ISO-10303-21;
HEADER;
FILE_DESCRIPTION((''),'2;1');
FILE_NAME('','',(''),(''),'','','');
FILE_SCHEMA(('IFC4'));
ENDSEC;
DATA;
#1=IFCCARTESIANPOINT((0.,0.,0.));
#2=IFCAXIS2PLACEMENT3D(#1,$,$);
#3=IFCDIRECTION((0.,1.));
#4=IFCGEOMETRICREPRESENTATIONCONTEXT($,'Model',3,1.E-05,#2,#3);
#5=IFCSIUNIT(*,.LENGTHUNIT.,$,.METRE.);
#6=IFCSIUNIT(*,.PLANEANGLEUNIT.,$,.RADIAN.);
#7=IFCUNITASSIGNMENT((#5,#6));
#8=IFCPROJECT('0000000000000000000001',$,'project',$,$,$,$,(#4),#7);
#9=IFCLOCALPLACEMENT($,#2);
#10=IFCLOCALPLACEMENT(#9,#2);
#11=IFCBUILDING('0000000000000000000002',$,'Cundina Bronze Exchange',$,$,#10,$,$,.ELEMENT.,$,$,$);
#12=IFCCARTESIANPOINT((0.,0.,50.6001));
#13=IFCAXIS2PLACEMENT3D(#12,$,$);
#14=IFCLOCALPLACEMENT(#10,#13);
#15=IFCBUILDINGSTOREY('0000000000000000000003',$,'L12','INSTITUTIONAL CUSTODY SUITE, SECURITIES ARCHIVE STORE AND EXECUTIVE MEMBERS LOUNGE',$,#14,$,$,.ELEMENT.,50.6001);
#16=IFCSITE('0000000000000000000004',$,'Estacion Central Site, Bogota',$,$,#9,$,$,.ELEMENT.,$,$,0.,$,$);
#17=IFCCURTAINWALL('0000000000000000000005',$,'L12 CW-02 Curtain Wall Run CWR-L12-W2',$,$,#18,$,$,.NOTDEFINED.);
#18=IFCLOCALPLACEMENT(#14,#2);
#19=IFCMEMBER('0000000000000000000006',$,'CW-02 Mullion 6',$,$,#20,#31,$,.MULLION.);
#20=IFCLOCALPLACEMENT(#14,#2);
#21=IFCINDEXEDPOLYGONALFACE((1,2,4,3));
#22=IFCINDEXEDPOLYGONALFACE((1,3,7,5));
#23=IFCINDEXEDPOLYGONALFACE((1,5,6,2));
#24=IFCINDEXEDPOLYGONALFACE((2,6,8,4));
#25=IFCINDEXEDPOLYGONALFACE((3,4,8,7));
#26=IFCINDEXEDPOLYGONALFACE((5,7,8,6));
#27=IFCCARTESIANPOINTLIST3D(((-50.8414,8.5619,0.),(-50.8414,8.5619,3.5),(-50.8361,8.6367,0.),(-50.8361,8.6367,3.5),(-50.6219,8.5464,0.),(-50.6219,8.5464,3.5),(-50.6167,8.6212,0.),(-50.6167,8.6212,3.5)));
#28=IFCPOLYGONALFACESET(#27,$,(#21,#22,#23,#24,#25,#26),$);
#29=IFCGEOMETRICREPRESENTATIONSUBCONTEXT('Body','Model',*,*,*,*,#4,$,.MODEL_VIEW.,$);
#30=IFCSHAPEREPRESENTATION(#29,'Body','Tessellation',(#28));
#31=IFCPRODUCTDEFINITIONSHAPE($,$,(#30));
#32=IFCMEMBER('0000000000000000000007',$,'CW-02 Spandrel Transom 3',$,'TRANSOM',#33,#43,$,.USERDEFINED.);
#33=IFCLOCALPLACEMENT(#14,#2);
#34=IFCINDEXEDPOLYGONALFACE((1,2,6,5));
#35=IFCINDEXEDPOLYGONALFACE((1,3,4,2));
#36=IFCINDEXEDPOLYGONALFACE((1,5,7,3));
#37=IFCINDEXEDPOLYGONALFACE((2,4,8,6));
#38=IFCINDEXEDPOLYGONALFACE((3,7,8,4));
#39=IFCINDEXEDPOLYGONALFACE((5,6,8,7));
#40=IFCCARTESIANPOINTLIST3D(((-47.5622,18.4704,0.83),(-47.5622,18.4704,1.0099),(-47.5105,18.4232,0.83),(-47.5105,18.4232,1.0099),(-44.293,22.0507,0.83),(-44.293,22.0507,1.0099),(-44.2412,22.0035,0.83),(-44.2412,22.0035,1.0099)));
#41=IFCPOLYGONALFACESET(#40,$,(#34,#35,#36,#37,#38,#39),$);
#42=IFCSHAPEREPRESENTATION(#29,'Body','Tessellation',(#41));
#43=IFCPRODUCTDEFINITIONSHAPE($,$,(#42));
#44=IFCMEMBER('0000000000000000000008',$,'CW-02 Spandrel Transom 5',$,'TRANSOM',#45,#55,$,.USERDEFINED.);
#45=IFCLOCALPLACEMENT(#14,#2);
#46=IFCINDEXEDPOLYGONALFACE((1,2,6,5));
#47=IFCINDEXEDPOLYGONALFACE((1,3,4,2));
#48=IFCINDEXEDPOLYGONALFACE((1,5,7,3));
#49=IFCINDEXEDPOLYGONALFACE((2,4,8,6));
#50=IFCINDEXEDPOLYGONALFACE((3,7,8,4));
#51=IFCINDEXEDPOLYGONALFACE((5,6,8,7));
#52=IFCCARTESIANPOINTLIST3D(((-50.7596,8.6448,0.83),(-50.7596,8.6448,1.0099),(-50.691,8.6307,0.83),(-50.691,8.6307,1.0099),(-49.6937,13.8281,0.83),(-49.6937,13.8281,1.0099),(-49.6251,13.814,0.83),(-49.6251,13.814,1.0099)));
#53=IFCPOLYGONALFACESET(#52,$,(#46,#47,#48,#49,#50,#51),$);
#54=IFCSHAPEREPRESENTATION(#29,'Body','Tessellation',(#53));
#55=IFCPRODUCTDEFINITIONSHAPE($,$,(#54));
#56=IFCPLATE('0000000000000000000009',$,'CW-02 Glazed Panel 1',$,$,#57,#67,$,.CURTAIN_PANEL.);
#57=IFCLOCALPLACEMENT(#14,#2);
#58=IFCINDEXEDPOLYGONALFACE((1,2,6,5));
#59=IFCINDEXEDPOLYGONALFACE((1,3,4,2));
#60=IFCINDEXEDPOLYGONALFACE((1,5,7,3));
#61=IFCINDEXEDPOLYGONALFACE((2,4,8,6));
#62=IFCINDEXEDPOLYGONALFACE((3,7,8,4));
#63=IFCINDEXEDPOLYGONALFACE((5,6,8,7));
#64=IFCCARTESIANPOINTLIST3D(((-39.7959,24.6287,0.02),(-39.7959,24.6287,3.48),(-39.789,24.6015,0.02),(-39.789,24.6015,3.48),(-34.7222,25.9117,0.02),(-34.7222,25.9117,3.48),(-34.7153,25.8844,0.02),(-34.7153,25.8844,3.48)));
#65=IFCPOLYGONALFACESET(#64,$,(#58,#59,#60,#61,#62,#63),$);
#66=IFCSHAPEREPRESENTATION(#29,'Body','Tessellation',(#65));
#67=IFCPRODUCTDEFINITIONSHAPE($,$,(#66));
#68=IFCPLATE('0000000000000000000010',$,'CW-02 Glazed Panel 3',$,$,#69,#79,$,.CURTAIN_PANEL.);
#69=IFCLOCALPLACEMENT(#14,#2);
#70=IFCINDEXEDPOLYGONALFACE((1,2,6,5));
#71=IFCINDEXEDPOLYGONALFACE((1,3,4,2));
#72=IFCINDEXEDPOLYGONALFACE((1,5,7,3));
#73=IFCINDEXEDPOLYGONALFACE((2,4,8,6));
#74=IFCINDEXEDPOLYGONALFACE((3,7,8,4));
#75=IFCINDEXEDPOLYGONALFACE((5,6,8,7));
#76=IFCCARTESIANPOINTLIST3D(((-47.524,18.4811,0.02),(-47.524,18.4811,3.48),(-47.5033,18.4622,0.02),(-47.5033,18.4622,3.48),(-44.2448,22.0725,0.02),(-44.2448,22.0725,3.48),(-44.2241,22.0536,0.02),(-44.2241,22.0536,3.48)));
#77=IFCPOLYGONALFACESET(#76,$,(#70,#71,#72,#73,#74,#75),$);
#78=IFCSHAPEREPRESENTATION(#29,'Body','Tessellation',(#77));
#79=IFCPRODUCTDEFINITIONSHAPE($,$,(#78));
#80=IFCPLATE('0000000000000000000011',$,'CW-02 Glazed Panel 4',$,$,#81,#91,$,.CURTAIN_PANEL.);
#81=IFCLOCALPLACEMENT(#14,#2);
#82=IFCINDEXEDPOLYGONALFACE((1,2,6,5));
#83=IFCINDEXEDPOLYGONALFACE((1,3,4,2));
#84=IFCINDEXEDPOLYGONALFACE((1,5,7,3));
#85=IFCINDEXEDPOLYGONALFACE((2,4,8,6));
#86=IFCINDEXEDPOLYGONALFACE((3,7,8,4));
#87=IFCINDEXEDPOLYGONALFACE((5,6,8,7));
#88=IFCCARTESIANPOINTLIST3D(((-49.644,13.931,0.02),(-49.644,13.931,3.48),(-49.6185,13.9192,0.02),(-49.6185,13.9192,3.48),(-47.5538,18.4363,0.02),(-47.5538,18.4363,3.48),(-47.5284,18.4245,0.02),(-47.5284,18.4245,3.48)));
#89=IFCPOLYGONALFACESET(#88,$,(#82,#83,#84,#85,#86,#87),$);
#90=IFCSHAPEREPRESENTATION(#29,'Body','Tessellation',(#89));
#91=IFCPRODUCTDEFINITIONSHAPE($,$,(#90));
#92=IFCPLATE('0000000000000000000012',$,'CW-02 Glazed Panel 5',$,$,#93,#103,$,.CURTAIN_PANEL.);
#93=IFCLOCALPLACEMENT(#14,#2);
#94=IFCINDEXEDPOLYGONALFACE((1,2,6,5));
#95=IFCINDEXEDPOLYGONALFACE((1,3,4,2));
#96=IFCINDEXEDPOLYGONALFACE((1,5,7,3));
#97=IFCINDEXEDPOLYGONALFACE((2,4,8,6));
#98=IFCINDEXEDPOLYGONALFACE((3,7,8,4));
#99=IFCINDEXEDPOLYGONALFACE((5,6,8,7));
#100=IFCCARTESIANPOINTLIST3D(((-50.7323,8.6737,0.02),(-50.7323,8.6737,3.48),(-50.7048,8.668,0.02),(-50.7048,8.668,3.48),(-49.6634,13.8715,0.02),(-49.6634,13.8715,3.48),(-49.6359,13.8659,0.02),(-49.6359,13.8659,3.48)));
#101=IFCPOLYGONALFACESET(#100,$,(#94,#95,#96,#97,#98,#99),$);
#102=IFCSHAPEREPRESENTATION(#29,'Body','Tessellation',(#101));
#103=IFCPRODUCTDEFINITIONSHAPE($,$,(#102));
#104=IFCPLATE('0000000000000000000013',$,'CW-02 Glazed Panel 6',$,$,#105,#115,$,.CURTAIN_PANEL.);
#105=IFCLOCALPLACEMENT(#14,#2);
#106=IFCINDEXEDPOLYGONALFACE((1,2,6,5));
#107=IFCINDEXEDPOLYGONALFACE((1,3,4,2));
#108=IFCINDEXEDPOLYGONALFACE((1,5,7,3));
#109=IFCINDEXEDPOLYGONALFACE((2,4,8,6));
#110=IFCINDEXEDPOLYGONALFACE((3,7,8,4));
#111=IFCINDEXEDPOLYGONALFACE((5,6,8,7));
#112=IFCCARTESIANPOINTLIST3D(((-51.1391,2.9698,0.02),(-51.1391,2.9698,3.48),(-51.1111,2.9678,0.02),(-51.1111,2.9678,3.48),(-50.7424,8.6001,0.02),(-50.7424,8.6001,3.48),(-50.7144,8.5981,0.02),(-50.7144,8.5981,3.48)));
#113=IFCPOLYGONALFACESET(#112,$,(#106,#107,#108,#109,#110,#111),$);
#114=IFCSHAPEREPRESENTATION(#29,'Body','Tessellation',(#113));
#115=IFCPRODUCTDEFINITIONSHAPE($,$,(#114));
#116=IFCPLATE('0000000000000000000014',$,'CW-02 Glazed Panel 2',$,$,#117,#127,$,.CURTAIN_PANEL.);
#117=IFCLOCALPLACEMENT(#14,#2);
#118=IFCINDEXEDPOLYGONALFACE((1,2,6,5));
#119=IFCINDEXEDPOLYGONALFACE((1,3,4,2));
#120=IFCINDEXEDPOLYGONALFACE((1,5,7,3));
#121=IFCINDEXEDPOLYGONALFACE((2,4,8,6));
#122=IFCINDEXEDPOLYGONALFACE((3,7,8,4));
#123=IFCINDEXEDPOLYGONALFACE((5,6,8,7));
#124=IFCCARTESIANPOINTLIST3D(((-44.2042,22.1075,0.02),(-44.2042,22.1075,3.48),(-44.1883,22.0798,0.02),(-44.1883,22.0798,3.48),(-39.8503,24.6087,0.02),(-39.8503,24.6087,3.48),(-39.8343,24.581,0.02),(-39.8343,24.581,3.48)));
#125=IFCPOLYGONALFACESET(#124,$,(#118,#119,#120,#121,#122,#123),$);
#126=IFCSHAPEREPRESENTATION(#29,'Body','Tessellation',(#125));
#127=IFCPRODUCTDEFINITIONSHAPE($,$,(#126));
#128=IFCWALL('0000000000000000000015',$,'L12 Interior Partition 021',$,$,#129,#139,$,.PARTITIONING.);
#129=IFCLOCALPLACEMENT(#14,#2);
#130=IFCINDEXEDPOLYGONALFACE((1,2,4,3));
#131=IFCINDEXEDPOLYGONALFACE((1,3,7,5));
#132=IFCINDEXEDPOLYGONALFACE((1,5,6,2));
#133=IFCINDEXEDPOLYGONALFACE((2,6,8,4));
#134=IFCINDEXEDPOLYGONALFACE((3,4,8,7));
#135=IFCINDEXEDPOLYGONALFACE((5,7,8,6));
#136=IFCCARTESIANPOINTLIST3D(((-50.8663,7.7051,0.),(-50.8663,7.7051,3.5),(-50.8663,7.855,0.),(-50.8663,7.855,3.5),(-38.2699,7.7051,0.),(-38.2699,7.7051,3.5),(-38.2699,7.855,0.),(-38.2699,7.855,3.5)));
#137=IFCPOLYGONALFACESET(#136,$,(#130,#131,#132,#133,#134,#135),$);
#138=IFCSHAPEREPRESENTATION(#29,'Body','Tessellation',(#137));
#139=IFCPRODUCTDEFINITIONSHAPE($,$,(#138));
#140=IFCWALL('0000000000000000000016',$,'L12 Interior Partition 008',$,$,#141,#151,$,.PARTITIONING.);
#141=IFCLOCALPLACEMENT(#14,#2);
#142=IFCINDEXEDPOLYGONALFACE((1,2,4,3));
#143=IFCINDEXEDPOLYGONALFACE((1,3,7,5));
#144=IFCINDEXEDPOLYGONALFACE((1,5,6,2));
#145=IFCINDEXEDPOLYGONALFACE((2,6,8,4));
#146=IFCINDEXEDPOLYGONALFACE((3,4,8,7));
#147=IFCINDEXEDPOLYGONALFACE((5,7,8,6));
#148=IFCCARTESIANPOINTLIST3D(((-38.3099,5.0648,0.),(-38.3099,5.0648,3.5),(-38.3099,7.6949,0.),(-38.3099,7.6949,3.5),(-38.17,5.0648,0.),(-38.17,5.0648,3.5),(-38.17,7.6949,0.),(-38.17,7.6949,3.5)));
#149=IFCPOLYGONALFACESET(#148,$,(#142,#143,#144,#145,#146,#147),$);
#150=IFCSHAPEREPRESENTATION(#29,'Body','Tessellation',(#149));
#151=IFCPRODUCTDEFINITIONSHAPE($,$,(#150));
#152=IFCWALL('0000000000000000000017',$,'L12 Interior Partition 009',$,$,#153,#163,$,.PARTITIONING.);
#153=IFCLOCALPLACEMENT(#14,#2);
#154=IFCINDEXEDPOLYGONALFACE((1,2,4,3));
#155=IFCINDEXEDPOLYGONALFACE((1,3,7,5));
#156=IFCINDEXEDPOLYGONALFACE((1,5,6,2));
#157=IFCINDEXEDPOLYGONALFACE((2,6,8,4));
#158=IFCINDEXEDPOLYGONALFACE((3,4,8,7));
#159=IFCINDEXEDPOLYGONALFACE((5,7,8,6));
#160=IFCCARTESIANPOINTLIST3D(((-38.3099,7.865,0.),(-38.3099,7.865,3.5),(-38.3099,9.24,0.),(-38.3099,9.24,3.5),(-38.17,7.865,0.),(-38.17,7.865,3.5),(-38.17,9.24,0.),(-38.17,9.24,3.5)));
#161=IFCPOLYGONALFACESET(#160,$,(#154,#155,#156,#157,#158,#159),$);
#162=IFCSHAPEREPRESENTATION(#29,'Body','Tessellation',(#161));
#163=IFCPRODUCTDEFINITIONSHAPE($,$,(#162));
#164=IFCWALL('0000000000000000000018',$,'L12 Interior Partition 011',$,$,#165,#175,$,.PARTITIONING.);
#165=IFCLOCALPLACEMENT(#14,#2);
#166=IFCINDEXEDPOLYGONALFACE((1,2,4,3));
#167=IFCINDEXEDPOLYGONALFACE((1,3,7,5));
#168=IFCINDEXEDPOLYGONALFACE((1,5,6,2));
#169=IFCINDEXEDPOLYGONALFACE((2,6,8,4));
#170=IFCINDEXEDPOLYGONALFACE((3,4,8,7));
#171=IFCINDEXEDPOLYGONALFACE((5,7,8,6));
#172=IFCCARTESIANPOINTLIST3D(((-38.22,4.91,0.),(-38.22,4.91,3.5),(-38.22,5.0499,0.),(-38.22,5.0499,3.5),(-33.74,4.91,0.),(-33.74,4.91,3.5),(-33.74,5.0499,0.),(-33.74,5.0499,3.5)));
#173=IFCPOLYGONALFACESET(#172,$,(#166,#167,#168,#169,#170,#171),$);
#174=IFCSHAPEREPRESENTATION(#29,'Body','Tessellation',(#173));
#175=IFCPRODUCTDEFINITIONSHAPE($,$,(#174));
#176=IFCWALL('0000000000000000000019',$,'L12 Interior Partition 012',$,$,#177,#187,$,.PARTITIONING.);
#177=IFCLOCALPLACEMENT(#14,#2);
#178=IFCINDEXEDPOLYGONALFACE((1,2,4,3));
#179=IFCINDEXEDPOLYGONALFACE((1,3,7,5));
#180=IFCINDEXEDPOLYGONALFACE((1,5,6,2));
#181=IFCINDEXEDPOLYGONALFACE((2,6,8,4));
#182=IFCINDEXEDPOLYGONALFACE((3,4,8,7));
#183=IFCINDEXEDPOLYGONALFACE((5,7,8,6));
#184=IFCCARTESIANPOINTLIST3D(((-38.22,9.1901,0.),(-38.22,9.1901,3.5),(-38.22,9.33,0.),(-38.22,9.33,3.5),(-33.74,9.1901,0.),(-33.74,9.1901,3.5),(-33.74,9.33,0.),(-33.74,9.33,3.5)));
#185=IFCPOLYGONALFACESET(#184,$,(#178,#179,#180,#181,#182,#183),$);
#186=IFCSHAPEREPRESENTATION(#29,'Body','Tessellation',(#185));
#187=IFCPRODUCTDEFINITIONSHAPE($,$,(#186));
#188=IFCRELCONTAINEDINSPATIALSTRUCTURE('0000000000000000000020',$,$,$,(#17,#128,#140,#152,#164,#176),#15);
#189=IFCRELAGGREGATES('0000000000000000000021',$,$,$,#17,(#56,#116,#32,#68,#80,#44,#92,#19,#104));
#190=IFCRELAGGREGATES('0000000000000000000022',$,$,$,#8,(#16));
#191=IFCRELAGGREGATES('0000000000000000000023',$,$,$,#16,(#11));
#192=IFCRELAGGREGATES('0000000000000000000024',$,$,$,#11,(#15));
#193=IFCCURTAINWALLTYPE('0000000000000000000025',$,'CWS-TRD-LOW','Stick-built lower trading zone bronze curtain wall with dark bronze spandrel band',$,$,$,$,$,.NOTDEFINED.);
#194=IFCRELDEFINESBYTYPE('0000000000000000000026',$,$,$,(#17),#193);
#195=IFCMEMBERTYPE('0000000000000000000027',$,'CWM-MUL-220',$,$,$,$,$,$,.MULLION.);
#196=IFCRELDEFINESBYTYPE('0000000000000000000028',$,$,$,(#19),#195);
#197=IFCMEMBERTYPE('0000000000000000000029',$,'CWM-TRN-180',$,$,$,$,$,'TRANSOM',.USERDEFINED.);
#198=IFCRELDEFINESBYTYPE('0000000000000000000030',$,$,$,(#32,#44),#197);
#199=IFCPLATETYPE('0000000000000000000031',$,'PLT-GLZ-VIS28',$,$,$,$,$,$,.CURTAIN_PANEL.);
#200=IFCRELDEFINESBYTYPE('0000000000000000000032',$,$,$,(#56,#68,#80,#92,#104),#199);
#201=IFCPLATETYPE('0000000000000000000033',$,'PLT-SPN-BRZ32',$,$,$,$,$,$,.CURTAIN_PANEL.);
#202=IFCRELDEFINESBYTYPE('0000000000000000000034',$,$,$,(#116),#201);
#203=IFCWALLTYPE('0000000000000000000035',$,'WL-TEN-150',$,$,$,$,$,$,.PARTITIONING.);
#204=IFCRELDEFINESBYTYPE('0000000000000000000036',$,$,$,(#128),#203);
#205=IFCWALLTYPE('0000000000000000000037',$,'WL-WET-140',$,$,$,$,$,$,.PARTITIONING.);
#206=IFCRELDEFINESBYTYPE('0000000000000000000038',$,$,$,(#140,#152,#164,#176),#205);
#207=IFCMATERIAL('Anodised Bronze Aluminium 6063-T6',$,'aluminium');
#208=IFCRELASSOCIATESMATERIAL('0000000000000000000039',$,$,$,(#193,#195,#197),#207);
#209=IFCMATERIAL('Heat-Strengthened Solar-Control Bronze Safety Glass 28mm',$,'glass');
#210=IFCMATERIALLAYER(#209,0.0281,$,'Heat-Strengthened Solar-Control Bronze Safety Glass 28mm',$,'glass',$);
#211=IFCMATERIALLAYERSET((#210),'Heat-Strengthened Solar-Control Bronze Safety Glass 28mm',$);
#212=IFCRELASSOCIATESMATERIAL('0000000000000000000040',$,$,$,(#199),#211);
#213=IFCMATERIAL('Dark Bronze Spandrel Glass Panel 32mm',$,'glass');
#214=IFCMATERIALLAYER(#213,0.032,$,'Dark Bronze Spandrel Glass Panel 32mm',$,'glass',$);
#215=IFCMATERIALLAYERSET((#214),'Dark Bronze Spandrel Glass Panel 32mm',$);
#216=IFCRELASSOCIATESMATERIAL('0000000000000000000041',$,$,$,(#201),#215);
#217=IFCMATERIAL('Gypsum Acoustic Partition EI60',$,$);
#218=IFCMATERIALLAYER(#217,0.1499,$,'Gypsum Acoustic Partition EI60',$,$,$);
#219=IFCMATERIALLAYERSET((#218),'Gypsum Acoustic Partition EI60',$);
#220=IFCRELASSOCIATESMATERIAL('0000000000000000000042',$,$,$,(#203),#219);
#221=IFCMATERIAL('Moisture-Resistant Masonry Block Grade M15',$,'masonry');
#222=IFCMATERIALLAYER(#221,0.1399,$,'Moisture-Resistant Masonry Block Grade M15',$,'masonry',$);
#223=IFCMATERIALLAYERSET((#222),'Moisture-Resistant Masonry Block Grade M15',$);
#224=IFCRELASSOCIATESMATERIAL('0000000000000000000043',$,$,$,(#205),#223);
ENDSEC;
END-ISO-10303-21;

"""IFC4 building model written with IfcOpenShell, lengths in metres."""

from ifc_helpers import new_model, si_unit, direction, frame, frame_2d, origin, origin_2d, place, context, subcontext, project, spatial, rectangle, extrude, material, layer, layer_set, material_profile, profile_set, type_object, element, aggregate, save


model = new_model("IFC4")

# Units and contexts
model_context = context("Model", 3, precision=1e-05, world=origin(), true_north=direction((0.0, 1.0)))
body_context = subcontext(model_context, "Body", "Model", "MODEL_VIEW")
ifc_project = project(units=[si_unit("LENGTHUNIT", "METRE"), si_unit("PLANEANGLEUNIT", "RADIAN")], contexts=[model_context])

# Site, building, storey
site_placement = place(None, origin())
site = spatial("IfcSite", under=ifc_project, at=site_placement, Name="Estacion Central Site, Bogota", CompositionType="ELEMENT", RefElevation=0.0)
building_placement = place(site_placement, origin())
building = spatial("IfcBuilding", under=site, at=building_placement, Name="Cundina Bronze Exchange", CompositionType="ELEMENT")
storey_placement = place(building_placement, frame((0.0, 0.0, 50.6001)))
storey = spatial("IfcBuildingStorey", under=building, at=storey_placement, Name="L12", Description="INSTITUTIONAL CUSTODY SUITE, SECURITIES ARCHIVE STORE AND EXECUTIVE MEMBERS LOUNGE", CompositionType="ELEMENT", Elevation=50.6001)

# Curtain wall, members, plates
ifc_material_1 = material(Name="Anodised Bronze Aluminium 6063-T6", Category="aluminium")
curtain_wall_type = type_object("IfcCurtainWallType", Name="CWS-TRD-LOW", Description="Stick-built lower trading zone bronze curtain wall with dark bronze spandrel band", PredefinedType="NOTDEFINED", material=ifc_material_1)
curtain_wall_placement = place(storey_placement, origin())
curtain_wall = element("IfcCurtainWall", 1, at=curtain_wall_placement, inside=storey, type_object=curtain_wall_type, Name="L12 CW-02 Curtain Wall Run CWR-L12-W2", PredefinedType="NOTDEFINED")
ifc_material_profile_1 = material_profile(ifc_material_1, rectangle(XDim=0.075, YDim=0.22, at=origin_2d()), Name="AL75X220", Category="aluminium")
ifc_profile_set_1 = profile_set([ifc_material_profile_1], Name="Anodised Bronze Aluminium 6063-T6")
member_type_1 = type_object("IfcMemberType", Name="CWM-MUL-220", PredefinedType="MULLION", material=ifc_profile_set_1)
member_1_placement = place(storey_placement, frame((-50.729, 8.5916, 0.0), z_axis=(0.0, 0.0, 1.0), x_axis=(-0.070279, -0.997527, 0.0)))
member_1 = element("IfcMember", 2, at=member_1_placement, type_object=member_type_1, Name="CW-02 Mullion 6", PredefinedType="MULLION", context=body_context, shape_type="SweptSolid", body=[
    extrude(rectangle(XDim=0.075, YDim=0.22, at=origin_2d()), origin(), (0.0, 0.0, 1.0), 3.5),
])
ifc_material_profile_2 = material_profile(ifc_material_1, rectangle(XDim=0.0701, YDim=0.1799, at=origin_2d()), Name="AL70X180", Category="aluminium")
ifc_profile_set_2 = profile_set([ifc_material_profile_2], Name="Anodised Bronze Aluminium 6063-T6")
member_type_2 = type_object("IfcMemberType", Name="CWM-TRN-180", ElementType="TRANSOM", PredefinedType="USERDEFINED", material=ifc_profile_set_2)
member_2_placement = place(storey_placement, frame((-44.2671, 22.0271, 0.9199), z_axis=(-0.674303, -0.738455, 0.0), x_axis=(0.738455, -0.674303, 0.0)))
member_2 = element("IfcMember", 3, at=member_2_placement, type_object=member_type_2, Name="CW-02 Spandrel Transom 3", ObjectType="TRANSOM", PredefinedType="USERDEFINED", context=body_context, shape_type="SweptSolid", body=[
    extrude(rectangle(XDim=0.0701, YDim=0.1799, at=origin_2d()), origin(), (0.0, 0.0, 1.0), 4.8484),
])
member_3_placement = place(storey_placement, frame((-49.6594, 13.821, 0.9199), z_axis=(-0.201428, -0.979503, 0.0), x_axis=(0.979503, -0.201428, 0.0)))
member_3 = element("IfcMember", 4, at=member_3_placement, type_object=member_type_2, Name="CW-02 Spandrel Transom 5", ObjectType="TRANSOM", PredefinedType="USERDEFINED", context=body_context, shape_type="SweptSolid", body=[
    extrude(rectangle(XDim=0.0701, YDim=0.1799, at=origin_2d()), origin(), (0.0, 0.0, 1.0), 5.2917),
])
ifc_material_2 = material(Name="Heat-Strengthened Solar-Control Bronze Safety Glass 28mm", Category="glass")
ifc_layer_1 = layer(ifc_material_2, 0.0281, Name="Heat-Strengthened Solar-Control Bronze Safety Glass 28mm", Category="glass")
ifc_layer_set_1 = layer_set([ifc_layer_1], Name="Heat-Strengthened Solar-Control Bronze Safety Glass 28mm")
plate_type_1 = type_object("IfcPlateType", Name="PLT-GLZ-VIS28", PredefinedType="CURTAIN_PANEL", material=ifc_layer_set_1)
plate_1_placement = place(storey_placement, frame((-37.2556, 25.2566, 0.02), z_axis=(0.0, 0.0, 1.0), x_axis=(-0.969488, -0.245138, 0.0)))
plate_1 = element("IfcPlate", 5, at=plate_1_placement, type_object=plate_type_1, Name="CW-02 Glazed Panel 1", PredefinedType="CURTAIN_PANEL", context=body_context, shape_type="SweptSolid", body=[
    extrude(rectangle(XDim=5.2334, YDim=0.0281, at=origin_2d()), origin(), (0.0, 0.0, 1.0), 3.46),
])
plate_2_placement = place(storey_placement, frame((-45.874, 20.2673, 0.02), z_axis=(0.0, 0.0, 1.0), x_axis=(-0.674277, -0.738479, 0.0)))
plate_2 = element("IfcPlate", 6, at=plate_2_placement, type_object=plate_type_1, Name="CW-02 Glazed Panel 3", PredefinedType="CURTAIN_PANEL", context=body_context, shape_type="SweptSolid", body=[
    extrude(rectangle(XDim=4.8633, YDim=0.0281, at=origin_2d()), origin(), (0.0, 0.0, 1.0), 3.46),
])
plate_3_placement = place(storey_placement, frame((-48.5862, 16.1777, 0.02), z_axis=(0.0, 0.0, 1.0), x_axis=(-0.420846, -0.907132, 0.0)))
plate_3 = element("IfcPlate", 7, at=plate_3_placement, type_object=plate_type_1, Name="CW-02 Glazed Panel 4", PredefinedType="CURTAIN_PANEL", context=body_context, shape_type="SweptSolid", body=[
    extrude(rectangle(XDim=4.9666, YDim=0.0281, at=origin_2d()), origin(), (0.0, 0.0, 1.0), 3.46),
])
plate_4_placement = place(storey_placement, frame((-50.1841, 11.2698, 0.02), z_axis=(0.0, 0.0, 1.0), x_axis=(-0.20142, -0.979505, 0.0)))
plate_4 = element("IfcPlate", 8, at=plate_4_placement, type_object=plate_type_1, Name="CW-02 Glazed Panel 5", PredefinedType="CURTAIN_PANEL", context=body_context, shape_type="SweptSolid", body=[
    extrude(rectangle(XDim=5.3066, YDim=0.0281, at=origin_2d()), origin(), (0.0, 0.0, 1.0), 3.46),
])
plate_5_placement = place(storey_placement, frame((-50.9268, 5.7839, 0.02), z_axis=(0.0, 0.0, 1.0), x_axis=(-0.070279, -0.997527, 0.0)))
plate_5 = element("IfcPlate", 9, at=plate_5_placement, type_object=plate_type_1, Name="CW-02 Glazed Panel 6", PredefinedType="CURTAIN_PANEL", context=body_context, shape_type="SweptSolid", body=[
    extrude(rectangle(XDim=5.6443, YDim=0.0281, at=origin_2d()), origin(), (0.0, 0.0, 1.0), 3.46),
])
ifc_material_3 = material(Name="Dark Bronze Spandrel Glass Panel 32mm", Category="glass")
ifc_layer_2 = layer(ifc_material_3, 0.032, Name="Dark Bronze Spandrel Glass Panel 32mm", Category="glass")
ifc_layer_set_2 = layer_set([ifc_layer_2], Name="Dark Bronze Spandrel Glass Panel 32mm")
plate_type_2 = type_object("IfcPlateType", Name="PLT-SPN-BRZ32", PredefinedType="CURTAIN_PANEL", material=ifc_layer_set_2)
plate_6_placement = place(storey_placement, frame((-42.0193, 23.3442, 0.02), z_axis=(0.0, 0.0, 1.0), x_axis=(-0.867105, -0.498125, 0.0)))
plate_6 = element("IfcPlate", 10, at=plate_6_placement, type_object=plate_type_2, Name="CW-02 Glazed Panel 2", PredefinedType="CURTAIN_PANEL", context=body_context, shape_type="SweptSolid", body=[
    extrude(rectangle(XDim=5.0212, YDim=0.032, at=origin_2d()), origin(), (0.0, 0.0, 1.0), 3.46),
])
aggregate(curtain_wall, [plate_1, plate_6, member_2, plate_2, plate_3, member_3, plate_4, member_1, plate_5])

# Walls
ifc_material_4 = material(Name="Gypsum Acoustic Partition EI60")
ifc_layer_3 = layer(ifc_material_4, 0.1499, Name="Gypsum Acoustic Partition EI60")
ifc_layer_set_3 = layer_set([ifc_layer_3], Name="Gypsum Acoustic Partition EI60")
wall_type_1 = type_object("IfcWallType", Name="WL-TEN-150", PredefinedType="PARTITIONING", material=ifc_layer_set_3)
wall_1_placement = place(storey_placement, frame((-50.8665, 7.78, 0.0), z_axis=(0.0, 0.0, 1.0), x_axis=(1.0, 0.0, 0.0)))
element("IfcWall", 11, at=wall_1_placement, inside=storey, type_object=wall_type_1, Name="L12 Interior Partition 021", PredefinedType="PARTITIONING", context=body_context, shape_type="SweptSolid", body=[
    extrude(rectangle(XDim=12.5964, YDim=0.1499, at=frame_2d((6.2983, 0.0))), origin(), (0.0, 0.0, 1.0), 3.5),
])
ifc_material_5 = material(Name="Moisture-Resistant Masonry Block Grade M15", Category="masonry")
ifc_layer_4 = layer(ifc_material_5, 0.1399, Name="Moisture-Resistant Masonry Block Grade M15", Category="masonry")
ifc_layer_set_4 = layer_set([ifc_layer_4], Name="Moisture-Resistant Masonry Block Grade M15")
wall_type_2 = type_object("IfcWallType", Name="WL-WET-140", PredefinedType="PARTITIONING", material=ifc_layer_set_4)
wall_2_placement = place(storey_placement, frame((-38.24, 5.0649, 0.0), z_axis=(0.0, 0.0, 1.0), x_axis=(0.0, 1.0, 0.0)))
element("IfcWall", 12, at=wall_2_placement, inside=storey, type_object=wall_type_2, Name="L12 Interior Partition 008", PredefinedType="PARTITIONING", context=body_context, shape_type="SweptSolid", body=[
    extrude(rectangle(XDim=2.6301, YDim=0.1399, at=frame_2d((1.3149, 0.0))), origin(), (0.0, 0.0, 1.0), 3.5),
])
wall_3_placement = place(storey_placement, frame((-38.24, 7.865, 0.0), z_axis=(0.0, 0.0, 1.0), x_axis=(0.0, 1.0, 0.0)))
element("IfcWall", 13, at=wall_3_placement, inside=storey, type_object=wall_type_2, Name="L12 Interior Partition 009", PredefinedType="PARTITIONING", context=body_context, shape_type="SweptSolid", body=[
    extrude(rectangle(XDim=1.375, YDim=0.1399, at=frame_2d((0.6875, 0.0))), origin(), (0.0, 0.0, 1.0), 3.5),
])
for number, where, z_axis, x_axis, name in (
    (14, (-38.22, 4.98, 0.0), (0.0, 0.0, 1.0), (1.0, 0.0, 0.0), "L12 Interior Partition 011"),
    (15, (-38.22, 9.26, 0.0), (0.0, 0.0, 1.0), (1.0, 0.0, 0.0), "L12 Interior Partition 012"),
):
    element("IfcWall", number, at=place(storey_placement, frame(where, z_axis=z_axis, x_axis=x_axis)), inside=storey, type_object=wall_type_2, Name=name, PredefinedType="PARTITIONING", context=body_context, shape_type="SweptSolid", body=[
        extrude(rectangle(XDim=4.48, YDim=0.1399, at=frame_2d((2.24, 0.0))), origin(), (0.0, 0.0, 1.0), 3.5),
    ])

save(model, "model.ifc")
